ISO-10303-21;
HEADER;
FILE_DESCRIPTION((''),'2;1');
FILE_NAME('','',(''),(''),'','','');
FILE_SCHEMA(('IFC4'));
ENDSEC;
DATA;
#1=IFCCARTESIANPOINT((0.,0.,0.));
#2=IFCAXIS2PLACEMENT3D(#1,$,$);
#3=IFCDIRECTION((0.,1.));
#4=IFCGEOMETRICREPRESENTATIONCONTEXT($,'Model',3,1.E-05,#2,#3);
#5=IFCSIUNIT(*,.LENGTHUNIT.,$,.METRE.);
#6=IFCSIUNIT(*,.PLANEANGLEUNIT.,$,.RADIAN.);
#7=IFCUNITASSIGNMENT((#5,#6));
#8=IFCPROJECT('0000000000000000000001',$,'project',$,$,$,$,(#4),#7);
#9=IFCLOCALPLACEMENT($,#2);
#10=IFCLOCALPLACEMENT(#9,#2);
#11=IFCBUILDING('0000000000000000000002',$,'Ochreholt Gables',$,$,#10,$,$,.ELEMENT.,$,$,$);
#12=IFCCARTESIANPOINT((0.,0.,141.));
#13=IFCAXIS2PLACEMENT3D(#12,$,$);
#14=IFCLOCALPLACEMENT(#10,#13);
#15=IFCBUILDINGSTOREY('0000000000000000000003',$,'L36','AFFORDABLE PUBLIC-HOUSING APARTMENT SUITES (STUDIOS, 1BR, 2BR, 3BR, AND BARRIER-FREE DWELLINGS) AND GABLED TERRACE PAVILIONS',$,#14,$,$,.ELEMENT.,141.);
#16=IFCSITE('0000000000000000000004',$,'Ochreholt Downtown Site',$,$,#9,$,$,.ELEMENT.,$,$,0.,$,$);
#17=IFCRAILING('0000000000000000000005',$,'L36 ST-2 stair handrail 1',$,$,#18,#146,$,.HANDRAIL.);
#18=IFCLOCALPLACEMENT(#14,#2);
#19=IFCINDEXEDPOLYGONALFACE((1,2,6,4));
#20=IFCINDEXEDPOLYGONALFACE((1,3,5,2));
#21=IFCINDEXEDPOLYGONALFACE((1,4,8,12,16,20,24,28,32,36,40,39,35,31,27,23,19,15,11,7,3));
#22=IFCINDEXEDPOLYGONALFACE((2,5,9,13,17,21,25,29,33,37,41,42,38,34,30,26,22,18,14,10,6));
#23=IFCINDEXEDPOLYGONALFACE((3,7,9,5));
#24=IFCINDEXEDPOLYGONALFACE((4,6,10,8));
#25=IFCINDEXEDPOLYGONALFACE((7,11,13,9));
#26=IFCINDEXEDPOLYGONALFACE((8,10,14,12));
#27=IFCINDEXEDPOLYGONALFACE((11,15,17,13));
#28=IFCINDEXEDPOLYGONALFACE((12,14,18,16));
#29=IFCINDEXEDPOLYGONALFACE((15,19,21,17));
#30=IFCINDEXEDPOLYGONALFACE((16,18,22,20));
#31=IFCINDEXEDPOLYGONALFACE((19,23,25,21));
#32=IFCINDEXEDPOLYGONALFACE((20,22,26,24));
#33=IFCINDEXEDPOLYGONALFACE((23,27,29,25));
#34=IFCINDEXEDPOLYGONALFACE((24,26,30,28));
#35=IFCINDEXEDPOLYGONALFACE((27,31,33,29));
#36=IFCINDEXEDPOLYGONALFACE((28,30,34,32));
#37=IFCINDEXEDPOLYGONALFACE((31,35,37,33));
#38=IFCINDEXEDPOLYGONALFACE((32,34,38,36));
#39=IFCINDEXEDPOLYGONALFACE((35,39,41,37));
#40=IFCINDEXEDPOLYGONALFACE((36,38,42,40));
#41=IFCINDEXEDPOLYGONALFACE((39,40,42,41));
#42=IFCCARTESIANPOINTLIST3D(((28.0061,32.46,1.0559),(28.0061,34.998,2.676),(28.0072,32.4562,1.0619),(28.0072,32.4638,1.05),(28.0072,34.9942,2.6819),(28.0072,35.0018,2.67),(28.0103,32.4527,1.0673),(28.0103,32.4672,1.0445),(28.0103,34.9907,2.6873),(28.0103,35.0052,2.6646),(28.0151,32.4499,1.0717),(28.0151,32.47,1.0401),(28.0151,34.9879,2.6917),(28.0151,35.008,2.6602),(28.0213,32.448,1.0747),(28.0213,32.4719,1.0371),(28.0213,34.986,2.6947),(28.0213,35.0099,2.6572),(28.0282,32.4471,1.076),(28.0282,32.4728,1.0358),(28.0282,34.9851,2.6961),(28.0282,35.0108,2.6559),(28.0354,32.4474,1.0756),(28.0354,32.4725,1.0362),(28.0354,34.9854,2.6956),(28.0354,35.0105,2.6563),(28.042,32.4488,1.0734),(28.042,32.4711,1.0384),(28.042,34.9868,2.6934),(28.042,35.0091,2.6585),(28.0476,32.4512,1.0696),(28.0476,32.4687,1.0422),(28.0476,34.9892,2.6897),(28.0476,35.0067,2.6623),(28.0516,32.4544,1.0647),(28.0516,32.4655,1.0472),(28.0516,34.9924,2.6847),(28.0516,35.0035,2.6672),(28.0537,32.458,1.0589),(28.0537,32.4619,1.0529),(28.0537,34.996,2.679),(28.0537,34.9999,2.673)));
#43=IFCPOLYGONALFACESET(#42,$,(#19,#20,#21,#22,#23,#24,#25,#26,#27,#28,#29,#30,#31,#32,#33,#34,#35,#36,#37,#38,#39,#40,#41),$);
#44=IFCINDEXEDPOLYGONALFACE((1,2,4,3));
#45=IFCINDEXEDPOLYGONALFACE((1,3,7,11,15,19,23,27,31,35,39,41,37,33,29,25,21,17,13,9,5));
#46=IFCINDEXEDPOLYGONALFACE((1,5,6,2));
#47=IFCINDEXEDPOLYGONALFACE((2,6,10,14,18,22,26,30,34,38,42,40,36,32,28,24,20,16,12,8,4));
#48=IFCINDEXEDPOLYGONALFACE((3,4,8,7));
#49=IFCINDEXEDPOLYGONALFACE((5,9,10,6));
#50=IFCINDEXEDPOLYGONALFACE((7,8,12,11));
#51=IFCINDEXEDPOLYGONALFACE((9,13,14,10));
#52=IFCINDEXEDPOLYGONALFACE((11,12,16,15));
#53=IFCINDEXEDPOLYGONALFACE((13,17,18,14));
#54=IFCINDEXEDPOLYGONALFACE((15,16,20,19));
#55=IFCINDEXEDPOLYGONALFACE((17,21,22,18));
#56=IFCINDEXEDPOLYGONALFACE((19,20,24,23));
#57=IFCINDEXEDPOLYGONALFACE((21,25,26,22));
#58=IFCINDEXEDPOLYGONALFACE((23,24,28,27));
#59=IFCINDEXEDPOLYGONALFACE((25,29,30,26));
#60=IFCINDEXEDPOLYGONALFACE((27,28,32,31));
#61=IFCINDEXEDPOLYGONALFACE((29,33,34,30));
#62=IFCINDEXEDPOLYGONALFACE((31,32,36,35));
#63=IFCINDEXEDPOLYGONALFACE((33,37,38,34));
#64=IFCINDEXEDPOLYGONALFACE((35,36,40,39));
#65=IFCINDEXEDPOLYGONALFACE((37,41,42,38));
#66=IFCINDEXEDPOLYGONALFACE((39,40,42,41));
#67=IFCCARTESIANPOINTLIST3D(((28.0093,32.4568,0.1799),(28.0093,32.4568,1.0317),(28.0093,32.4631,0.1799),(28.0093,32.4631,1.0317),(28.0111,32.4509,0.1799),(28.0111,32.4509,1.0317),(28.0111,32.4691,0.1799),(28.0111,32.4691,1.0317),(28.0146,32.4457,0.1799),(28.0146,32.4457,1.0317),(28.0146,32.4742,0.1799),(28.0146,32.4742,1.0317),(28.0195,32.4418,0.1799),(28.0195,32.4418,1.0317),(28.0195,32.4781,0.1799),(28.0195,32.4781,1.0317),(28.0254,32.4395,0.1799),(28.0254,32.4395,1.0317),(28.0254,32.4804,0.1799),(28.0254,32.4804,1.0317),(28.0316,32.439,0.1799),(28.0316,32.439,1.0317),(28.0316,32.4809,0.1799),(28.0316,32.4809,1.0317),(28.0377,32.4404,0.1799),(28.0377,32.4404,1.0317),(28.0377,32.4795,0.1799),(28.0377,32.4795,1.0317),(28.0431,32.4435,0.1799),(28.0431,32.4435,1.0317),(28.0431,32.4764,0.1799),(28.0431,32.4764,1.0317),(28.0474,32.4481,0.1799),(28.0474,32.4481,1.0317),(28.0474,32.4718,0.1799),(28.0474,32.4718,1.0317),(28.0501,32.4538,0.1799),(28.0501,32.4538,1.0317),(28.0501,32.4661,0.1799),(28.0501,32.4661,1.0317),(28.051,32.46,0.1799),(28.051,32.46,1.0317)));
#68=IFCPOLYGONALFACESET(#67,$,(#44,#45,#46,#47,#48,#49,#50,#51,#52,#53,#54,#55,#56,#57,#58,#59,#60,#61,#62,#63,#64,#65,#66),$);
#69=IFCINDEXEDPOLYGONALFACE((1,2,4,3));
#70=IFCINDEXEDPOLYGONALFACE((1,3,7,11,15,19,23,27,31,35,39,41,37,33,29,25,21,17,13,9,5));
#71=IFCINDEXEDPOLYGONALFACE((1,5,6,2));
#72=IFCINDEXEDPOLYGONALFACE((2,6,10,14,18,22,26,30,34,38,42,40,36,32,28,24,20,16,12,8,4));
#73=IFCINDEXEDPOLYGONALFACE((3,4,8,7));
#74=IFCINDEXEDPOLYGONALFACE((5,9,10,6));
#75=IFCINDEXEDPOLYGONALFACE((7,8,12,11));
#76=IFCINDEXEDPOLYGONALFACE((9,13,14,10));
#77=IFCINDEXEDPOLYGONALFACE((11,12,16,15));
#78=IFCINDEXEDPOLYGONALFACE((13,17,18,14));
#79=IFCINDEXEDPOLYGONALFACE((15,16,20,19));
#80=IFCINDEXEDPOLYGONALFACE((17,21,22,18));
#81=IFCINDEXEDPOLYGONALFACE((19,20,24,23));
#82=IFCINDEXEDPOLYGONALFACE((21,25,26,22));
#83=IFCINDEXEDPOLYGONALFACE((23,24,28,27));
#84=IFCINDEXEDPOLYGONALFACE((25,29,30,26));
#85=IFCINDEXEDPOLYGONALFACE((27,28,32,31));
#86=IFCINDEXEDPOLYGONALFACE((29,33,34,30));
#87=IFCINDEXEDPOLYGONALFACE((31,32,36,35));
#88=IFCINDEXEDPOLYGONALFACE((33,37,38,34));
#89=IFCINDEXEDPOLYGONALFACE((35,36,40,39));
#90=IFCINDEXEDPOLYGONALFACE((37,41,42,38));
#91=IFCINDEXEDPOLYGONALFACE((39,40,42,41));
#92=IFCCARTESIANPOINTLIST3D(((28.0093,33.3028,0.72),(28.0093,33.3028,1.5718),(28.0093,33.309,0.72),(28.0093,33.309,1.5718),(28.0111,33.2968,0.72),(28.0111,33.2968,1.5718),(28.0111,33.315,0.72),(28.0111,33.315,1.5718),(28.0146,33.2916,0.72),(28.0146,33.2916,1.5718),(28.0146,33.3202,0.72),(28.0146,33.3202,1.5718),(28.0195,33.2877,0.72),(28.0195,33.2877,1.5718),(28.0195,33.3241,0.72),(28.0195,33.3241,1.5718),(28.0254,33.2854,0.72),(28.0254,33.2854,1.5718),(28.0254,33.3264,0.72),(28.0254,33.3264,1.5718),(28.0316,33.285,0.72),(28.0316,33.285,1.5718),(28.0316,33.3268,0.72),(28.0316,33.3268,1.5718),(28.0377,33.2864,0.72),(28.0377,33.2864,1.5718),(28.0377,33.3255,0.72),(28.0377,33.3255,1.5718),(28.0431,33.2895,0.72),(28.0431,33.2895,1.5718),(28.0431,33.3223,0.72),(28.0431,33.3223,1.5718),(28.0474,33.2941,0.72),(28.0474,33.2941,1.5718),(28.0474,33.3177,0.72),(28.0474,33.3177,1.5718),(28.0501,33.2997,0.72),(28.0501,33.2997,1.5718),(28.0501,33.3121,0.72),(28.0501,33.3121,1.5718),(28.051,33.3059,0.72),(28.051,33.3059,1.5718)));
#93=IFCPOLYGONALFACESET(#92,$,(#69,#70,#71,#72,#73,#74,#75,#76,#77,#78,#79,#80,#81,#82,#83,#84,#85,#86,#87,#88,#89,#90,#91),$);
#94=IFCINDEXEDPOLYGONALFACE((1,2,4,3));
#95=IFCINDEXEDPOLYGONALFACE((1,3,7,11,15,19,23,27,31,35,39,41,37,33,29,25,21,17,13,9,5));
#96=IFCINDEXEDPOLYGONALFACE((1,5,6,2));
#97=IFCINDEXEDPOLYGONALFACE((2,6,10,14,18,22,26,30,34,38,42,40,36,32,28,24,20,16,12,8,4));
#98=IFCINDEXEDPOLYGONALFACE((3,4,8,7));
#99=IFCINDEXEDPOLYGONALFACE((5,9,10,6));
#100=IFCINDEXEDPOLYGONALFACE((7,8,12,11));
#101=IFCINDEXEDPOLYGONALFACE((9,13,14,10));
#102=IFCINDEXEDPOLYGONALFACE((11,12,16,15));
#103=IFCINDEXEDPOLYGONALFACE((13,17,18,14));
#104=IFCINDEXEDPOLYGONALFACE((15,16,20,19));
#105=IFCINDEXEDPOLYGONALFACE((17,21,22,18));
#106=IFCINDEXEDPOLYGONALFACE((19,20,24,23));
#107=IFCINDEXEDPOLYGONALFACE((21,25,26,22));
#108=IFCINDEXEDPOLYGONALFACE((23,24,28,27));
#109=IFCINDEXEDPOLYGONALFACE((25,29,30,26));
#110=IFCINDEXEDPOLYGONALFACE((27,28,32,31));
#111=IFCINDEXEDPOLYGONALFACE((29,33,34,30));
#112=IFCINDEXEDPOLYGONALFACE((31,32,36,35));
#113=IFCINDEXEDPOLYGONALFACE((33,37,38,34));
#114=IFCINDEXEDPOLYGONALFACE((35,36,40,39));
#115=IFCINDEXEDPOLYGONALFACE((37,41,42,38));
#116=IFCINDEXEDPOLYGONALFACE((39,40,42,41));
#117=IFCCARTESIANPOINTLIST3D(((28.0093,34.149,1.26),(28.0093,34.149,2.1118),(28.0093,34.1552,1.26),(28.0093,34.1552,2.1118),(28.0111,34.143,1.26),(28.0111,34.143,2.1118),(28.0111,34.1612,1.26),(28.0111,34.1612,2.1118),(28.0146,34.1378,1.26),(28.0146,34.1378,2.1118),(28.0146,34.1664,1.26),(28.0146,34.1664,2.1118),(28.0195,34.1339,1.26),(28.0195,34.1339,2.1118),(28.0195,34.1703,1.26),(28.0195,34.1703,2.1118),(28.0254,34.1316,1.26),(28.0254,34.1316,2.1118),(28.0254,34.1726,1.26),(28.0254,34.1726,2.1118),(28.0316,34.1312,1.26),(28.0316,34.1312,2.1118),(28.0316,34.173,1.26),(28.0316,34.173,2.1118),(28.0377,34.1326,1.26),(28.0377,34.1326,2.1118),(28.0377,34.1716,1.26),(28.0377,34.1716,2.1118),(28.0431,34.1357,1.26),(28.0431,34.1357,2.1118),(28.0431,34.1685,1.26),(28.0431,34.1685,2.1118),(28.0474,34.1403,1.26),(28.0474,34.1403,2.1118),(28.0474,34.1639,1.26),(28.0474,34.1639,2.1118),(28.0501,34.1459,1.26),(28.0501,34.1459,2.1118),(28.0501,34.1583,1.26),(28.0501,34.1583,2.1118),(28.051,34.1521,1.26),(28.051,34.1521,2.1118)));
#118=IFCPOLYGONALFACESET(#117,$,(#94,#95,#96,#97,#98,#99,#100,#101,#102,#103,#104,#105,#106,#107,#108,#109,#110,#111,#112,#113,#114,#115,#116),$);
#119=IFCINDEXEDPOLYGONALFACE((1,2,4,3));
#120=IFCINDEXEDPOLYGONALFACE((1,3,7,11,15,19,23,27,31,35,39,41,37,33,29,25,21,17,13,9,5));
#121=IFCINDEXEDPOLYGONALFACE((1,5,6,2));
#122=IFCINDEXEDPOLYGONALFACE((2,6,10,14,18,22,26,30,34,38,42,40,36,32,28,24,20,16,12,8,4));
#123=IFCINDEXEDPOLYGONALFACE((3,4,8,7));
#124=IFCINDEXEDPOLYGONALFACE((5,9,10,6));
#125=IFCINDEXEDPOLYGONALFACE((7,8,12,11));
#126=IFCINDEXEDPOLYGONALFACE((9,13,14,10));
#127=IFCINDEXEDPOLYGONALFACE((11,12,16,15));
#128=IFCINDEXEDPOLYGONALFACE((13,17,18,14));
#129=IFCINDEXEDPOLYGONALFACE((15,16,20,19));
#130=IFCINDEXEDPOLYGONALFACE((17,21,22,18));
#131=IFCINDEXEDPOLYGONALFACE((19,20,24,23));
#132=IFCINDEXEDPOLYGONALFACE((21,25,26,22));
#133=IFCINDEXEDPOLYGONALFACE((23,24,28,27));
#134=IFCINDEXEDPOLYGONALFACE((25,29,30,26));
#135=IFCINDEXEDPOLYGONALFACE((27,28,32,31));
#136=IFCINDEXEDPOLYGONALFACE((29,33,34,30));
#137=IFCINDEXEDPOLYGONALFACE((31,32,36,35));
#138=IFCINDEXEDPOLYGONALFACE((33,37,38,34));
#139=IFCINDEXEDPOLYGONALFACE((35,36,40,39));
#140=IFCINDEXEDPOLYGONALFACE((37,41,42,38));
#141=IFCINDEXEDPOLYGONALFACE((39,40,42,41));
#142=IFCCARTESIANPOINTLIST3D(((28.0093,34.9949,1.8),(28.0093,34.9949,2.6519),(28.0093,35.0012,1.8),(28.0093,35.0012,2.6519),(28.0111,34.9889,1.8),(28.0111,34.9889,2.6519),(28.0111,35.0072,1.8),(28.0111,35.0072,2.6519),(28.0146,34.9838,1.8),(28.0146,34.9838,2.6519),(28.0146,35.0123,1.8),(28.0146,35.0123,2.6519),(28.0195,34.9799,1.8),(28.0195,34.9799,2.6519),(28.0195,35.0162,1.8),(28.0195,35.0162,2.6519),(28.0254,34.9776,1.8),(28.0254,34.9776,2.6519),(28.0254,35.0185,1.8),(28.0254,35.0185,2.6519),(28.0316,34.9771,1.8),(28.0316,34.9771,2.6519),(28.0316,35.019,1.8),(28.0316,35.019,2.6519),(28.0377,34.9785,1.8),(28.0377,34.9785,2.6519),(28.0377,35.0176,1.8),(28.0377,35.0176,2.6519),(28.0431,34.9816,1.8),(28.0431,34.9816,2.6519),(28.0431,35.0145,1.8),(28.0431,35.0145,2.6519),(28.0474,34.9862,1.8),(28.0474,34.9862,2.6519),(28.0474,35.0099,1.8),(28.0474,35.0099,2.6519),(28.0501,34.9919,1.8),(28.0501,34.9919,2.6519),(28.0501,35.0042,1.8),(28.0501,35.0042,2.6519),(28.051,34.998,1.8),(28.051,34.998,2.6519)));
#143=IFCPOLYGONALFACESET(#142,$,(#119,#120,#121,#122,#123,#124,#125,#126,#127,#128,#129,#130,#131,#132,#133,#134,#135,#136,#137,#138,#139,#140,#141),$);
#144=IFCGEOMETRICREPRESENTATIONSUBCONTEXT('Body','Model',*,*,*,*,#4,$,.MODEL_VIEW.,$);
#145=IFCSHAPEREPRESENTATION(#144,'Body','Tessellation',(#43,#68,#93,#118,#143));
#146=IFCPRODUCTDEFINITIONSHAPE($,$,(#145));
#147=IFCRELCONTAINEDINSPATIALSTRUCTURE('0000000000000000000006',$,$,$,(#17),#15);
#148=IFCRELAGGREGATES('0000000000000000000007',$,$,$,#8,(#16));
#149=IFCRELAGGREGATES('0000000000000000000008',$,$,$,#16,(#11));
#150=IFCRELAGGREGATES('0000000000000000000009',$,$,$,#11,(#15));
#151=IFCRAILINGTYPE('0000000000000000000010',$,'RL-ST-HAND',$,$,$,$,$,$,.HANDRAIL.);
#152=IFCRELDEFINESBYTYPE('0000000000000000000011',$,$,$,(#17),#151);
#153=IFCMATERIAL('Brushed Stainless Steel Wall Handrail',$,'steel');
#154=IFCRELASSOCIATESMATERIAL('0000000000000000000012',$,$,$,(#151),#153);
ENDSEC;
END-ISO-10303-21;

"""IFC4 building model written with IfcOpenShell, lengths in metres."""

from ifc_helpers import new_model, si_unit, direction, frame, origin, origin_2d, place, context, subcontext, project, spatial, circle, extrude, material, type_object, element, save


model = new_model("IFC4")

# Units and contexts
model_context = context("Model", 3, precision=1e-05, world=origin(), true_north=direction((0.0, 1.0)))
body_context = subcontext(model_context, "Body", "Model", "MODEL_VIEW")
ifc_project = project(units=[si_unit("LENGTHUNIT", "METRE"), si_unit("PLANEANGLEUNIT", "RADIAN")], contexts=[model_context])

# Site, building, storey
site_placement = place(None, origin())
site = spatial("IfcSite", under=ifc_project, at=site_placement, Name="Ochreholt Downtown Site", CompositionType="ELEMENT", RefElevation=0.0)
building_placement = place(site_placement, origin())
building = spatial("IfcBuilding", under=site, at=building_placement, Name="Ochreholt Gables", CompositionType="ELEMENT")
storey_placement = place(building_placement, frame((0.0, 0.0, 141.0)))
storey = spatial("IfcBuildingStorey", under=building, at=storey_placement, Name="L36", Description="AFFORDABLE PUBLIC-HOUSING APARTMENT SUITES (STUDIOS, 1BR, 2BR, 3BR, AND BARRIER-FREE DWELLINGS) AND GABLED TERRACE PAVILIONS", CompositionType="ELEMENT", Elevation=141.0)

# Railing
ifc_material_1 = material(Name="Brushed Stainless Steel Wall Handrail", Category="steel")
railing_type = type_object("IfcRailingType", Name="RL-ST-HAND", PredefinedType="HANDRAIL", material=ifc_material_1)
railing_placement = place(storey_placement, frame((28.03, 32.46, 0.1799)))
element("IfcRailing", 1, at=railing_placement, inside=storey, type_object=railing_type, Name="L36 ST-2 stair handrail 1", PredefinedType="HANDRAIL", context=body_context, shape_type="SweptSolid", body=[
    extrude(circle(Radius=0.0239, at=origin_2d()), frame((0.0, 0.0, 0.876), z_axis=(0.0, 0.842913, 0.53805), x_axis=(-1.0, 0.0, 0.0)), (0.0, 0.0, 1.0), 3.011),
    extrude(circle(Radius=0.021, at=origin_2d()), origin(), (0.0, 0.0, 1.0), 0.8518),
    extrude(circle(Radius=0.021, at=origin_2d()), frame((0.0, 0.8459, 0.54)), (0.0, 0.0, 1.0), 0.8518),
    extrude(circle(Radius=0.021, at=origin_2d()), frame((0.0, 1.6921, 1.0801)), (0.0, 0.0, 1.0), 0.8518),
    extrude(circle(Radius=0.021, at=origin_2d()), frame((0.0, 2.5381, 1.6201)), (0.0, 0.0, 1.0), 0.8518),
])

save(model, "model.ifc")
